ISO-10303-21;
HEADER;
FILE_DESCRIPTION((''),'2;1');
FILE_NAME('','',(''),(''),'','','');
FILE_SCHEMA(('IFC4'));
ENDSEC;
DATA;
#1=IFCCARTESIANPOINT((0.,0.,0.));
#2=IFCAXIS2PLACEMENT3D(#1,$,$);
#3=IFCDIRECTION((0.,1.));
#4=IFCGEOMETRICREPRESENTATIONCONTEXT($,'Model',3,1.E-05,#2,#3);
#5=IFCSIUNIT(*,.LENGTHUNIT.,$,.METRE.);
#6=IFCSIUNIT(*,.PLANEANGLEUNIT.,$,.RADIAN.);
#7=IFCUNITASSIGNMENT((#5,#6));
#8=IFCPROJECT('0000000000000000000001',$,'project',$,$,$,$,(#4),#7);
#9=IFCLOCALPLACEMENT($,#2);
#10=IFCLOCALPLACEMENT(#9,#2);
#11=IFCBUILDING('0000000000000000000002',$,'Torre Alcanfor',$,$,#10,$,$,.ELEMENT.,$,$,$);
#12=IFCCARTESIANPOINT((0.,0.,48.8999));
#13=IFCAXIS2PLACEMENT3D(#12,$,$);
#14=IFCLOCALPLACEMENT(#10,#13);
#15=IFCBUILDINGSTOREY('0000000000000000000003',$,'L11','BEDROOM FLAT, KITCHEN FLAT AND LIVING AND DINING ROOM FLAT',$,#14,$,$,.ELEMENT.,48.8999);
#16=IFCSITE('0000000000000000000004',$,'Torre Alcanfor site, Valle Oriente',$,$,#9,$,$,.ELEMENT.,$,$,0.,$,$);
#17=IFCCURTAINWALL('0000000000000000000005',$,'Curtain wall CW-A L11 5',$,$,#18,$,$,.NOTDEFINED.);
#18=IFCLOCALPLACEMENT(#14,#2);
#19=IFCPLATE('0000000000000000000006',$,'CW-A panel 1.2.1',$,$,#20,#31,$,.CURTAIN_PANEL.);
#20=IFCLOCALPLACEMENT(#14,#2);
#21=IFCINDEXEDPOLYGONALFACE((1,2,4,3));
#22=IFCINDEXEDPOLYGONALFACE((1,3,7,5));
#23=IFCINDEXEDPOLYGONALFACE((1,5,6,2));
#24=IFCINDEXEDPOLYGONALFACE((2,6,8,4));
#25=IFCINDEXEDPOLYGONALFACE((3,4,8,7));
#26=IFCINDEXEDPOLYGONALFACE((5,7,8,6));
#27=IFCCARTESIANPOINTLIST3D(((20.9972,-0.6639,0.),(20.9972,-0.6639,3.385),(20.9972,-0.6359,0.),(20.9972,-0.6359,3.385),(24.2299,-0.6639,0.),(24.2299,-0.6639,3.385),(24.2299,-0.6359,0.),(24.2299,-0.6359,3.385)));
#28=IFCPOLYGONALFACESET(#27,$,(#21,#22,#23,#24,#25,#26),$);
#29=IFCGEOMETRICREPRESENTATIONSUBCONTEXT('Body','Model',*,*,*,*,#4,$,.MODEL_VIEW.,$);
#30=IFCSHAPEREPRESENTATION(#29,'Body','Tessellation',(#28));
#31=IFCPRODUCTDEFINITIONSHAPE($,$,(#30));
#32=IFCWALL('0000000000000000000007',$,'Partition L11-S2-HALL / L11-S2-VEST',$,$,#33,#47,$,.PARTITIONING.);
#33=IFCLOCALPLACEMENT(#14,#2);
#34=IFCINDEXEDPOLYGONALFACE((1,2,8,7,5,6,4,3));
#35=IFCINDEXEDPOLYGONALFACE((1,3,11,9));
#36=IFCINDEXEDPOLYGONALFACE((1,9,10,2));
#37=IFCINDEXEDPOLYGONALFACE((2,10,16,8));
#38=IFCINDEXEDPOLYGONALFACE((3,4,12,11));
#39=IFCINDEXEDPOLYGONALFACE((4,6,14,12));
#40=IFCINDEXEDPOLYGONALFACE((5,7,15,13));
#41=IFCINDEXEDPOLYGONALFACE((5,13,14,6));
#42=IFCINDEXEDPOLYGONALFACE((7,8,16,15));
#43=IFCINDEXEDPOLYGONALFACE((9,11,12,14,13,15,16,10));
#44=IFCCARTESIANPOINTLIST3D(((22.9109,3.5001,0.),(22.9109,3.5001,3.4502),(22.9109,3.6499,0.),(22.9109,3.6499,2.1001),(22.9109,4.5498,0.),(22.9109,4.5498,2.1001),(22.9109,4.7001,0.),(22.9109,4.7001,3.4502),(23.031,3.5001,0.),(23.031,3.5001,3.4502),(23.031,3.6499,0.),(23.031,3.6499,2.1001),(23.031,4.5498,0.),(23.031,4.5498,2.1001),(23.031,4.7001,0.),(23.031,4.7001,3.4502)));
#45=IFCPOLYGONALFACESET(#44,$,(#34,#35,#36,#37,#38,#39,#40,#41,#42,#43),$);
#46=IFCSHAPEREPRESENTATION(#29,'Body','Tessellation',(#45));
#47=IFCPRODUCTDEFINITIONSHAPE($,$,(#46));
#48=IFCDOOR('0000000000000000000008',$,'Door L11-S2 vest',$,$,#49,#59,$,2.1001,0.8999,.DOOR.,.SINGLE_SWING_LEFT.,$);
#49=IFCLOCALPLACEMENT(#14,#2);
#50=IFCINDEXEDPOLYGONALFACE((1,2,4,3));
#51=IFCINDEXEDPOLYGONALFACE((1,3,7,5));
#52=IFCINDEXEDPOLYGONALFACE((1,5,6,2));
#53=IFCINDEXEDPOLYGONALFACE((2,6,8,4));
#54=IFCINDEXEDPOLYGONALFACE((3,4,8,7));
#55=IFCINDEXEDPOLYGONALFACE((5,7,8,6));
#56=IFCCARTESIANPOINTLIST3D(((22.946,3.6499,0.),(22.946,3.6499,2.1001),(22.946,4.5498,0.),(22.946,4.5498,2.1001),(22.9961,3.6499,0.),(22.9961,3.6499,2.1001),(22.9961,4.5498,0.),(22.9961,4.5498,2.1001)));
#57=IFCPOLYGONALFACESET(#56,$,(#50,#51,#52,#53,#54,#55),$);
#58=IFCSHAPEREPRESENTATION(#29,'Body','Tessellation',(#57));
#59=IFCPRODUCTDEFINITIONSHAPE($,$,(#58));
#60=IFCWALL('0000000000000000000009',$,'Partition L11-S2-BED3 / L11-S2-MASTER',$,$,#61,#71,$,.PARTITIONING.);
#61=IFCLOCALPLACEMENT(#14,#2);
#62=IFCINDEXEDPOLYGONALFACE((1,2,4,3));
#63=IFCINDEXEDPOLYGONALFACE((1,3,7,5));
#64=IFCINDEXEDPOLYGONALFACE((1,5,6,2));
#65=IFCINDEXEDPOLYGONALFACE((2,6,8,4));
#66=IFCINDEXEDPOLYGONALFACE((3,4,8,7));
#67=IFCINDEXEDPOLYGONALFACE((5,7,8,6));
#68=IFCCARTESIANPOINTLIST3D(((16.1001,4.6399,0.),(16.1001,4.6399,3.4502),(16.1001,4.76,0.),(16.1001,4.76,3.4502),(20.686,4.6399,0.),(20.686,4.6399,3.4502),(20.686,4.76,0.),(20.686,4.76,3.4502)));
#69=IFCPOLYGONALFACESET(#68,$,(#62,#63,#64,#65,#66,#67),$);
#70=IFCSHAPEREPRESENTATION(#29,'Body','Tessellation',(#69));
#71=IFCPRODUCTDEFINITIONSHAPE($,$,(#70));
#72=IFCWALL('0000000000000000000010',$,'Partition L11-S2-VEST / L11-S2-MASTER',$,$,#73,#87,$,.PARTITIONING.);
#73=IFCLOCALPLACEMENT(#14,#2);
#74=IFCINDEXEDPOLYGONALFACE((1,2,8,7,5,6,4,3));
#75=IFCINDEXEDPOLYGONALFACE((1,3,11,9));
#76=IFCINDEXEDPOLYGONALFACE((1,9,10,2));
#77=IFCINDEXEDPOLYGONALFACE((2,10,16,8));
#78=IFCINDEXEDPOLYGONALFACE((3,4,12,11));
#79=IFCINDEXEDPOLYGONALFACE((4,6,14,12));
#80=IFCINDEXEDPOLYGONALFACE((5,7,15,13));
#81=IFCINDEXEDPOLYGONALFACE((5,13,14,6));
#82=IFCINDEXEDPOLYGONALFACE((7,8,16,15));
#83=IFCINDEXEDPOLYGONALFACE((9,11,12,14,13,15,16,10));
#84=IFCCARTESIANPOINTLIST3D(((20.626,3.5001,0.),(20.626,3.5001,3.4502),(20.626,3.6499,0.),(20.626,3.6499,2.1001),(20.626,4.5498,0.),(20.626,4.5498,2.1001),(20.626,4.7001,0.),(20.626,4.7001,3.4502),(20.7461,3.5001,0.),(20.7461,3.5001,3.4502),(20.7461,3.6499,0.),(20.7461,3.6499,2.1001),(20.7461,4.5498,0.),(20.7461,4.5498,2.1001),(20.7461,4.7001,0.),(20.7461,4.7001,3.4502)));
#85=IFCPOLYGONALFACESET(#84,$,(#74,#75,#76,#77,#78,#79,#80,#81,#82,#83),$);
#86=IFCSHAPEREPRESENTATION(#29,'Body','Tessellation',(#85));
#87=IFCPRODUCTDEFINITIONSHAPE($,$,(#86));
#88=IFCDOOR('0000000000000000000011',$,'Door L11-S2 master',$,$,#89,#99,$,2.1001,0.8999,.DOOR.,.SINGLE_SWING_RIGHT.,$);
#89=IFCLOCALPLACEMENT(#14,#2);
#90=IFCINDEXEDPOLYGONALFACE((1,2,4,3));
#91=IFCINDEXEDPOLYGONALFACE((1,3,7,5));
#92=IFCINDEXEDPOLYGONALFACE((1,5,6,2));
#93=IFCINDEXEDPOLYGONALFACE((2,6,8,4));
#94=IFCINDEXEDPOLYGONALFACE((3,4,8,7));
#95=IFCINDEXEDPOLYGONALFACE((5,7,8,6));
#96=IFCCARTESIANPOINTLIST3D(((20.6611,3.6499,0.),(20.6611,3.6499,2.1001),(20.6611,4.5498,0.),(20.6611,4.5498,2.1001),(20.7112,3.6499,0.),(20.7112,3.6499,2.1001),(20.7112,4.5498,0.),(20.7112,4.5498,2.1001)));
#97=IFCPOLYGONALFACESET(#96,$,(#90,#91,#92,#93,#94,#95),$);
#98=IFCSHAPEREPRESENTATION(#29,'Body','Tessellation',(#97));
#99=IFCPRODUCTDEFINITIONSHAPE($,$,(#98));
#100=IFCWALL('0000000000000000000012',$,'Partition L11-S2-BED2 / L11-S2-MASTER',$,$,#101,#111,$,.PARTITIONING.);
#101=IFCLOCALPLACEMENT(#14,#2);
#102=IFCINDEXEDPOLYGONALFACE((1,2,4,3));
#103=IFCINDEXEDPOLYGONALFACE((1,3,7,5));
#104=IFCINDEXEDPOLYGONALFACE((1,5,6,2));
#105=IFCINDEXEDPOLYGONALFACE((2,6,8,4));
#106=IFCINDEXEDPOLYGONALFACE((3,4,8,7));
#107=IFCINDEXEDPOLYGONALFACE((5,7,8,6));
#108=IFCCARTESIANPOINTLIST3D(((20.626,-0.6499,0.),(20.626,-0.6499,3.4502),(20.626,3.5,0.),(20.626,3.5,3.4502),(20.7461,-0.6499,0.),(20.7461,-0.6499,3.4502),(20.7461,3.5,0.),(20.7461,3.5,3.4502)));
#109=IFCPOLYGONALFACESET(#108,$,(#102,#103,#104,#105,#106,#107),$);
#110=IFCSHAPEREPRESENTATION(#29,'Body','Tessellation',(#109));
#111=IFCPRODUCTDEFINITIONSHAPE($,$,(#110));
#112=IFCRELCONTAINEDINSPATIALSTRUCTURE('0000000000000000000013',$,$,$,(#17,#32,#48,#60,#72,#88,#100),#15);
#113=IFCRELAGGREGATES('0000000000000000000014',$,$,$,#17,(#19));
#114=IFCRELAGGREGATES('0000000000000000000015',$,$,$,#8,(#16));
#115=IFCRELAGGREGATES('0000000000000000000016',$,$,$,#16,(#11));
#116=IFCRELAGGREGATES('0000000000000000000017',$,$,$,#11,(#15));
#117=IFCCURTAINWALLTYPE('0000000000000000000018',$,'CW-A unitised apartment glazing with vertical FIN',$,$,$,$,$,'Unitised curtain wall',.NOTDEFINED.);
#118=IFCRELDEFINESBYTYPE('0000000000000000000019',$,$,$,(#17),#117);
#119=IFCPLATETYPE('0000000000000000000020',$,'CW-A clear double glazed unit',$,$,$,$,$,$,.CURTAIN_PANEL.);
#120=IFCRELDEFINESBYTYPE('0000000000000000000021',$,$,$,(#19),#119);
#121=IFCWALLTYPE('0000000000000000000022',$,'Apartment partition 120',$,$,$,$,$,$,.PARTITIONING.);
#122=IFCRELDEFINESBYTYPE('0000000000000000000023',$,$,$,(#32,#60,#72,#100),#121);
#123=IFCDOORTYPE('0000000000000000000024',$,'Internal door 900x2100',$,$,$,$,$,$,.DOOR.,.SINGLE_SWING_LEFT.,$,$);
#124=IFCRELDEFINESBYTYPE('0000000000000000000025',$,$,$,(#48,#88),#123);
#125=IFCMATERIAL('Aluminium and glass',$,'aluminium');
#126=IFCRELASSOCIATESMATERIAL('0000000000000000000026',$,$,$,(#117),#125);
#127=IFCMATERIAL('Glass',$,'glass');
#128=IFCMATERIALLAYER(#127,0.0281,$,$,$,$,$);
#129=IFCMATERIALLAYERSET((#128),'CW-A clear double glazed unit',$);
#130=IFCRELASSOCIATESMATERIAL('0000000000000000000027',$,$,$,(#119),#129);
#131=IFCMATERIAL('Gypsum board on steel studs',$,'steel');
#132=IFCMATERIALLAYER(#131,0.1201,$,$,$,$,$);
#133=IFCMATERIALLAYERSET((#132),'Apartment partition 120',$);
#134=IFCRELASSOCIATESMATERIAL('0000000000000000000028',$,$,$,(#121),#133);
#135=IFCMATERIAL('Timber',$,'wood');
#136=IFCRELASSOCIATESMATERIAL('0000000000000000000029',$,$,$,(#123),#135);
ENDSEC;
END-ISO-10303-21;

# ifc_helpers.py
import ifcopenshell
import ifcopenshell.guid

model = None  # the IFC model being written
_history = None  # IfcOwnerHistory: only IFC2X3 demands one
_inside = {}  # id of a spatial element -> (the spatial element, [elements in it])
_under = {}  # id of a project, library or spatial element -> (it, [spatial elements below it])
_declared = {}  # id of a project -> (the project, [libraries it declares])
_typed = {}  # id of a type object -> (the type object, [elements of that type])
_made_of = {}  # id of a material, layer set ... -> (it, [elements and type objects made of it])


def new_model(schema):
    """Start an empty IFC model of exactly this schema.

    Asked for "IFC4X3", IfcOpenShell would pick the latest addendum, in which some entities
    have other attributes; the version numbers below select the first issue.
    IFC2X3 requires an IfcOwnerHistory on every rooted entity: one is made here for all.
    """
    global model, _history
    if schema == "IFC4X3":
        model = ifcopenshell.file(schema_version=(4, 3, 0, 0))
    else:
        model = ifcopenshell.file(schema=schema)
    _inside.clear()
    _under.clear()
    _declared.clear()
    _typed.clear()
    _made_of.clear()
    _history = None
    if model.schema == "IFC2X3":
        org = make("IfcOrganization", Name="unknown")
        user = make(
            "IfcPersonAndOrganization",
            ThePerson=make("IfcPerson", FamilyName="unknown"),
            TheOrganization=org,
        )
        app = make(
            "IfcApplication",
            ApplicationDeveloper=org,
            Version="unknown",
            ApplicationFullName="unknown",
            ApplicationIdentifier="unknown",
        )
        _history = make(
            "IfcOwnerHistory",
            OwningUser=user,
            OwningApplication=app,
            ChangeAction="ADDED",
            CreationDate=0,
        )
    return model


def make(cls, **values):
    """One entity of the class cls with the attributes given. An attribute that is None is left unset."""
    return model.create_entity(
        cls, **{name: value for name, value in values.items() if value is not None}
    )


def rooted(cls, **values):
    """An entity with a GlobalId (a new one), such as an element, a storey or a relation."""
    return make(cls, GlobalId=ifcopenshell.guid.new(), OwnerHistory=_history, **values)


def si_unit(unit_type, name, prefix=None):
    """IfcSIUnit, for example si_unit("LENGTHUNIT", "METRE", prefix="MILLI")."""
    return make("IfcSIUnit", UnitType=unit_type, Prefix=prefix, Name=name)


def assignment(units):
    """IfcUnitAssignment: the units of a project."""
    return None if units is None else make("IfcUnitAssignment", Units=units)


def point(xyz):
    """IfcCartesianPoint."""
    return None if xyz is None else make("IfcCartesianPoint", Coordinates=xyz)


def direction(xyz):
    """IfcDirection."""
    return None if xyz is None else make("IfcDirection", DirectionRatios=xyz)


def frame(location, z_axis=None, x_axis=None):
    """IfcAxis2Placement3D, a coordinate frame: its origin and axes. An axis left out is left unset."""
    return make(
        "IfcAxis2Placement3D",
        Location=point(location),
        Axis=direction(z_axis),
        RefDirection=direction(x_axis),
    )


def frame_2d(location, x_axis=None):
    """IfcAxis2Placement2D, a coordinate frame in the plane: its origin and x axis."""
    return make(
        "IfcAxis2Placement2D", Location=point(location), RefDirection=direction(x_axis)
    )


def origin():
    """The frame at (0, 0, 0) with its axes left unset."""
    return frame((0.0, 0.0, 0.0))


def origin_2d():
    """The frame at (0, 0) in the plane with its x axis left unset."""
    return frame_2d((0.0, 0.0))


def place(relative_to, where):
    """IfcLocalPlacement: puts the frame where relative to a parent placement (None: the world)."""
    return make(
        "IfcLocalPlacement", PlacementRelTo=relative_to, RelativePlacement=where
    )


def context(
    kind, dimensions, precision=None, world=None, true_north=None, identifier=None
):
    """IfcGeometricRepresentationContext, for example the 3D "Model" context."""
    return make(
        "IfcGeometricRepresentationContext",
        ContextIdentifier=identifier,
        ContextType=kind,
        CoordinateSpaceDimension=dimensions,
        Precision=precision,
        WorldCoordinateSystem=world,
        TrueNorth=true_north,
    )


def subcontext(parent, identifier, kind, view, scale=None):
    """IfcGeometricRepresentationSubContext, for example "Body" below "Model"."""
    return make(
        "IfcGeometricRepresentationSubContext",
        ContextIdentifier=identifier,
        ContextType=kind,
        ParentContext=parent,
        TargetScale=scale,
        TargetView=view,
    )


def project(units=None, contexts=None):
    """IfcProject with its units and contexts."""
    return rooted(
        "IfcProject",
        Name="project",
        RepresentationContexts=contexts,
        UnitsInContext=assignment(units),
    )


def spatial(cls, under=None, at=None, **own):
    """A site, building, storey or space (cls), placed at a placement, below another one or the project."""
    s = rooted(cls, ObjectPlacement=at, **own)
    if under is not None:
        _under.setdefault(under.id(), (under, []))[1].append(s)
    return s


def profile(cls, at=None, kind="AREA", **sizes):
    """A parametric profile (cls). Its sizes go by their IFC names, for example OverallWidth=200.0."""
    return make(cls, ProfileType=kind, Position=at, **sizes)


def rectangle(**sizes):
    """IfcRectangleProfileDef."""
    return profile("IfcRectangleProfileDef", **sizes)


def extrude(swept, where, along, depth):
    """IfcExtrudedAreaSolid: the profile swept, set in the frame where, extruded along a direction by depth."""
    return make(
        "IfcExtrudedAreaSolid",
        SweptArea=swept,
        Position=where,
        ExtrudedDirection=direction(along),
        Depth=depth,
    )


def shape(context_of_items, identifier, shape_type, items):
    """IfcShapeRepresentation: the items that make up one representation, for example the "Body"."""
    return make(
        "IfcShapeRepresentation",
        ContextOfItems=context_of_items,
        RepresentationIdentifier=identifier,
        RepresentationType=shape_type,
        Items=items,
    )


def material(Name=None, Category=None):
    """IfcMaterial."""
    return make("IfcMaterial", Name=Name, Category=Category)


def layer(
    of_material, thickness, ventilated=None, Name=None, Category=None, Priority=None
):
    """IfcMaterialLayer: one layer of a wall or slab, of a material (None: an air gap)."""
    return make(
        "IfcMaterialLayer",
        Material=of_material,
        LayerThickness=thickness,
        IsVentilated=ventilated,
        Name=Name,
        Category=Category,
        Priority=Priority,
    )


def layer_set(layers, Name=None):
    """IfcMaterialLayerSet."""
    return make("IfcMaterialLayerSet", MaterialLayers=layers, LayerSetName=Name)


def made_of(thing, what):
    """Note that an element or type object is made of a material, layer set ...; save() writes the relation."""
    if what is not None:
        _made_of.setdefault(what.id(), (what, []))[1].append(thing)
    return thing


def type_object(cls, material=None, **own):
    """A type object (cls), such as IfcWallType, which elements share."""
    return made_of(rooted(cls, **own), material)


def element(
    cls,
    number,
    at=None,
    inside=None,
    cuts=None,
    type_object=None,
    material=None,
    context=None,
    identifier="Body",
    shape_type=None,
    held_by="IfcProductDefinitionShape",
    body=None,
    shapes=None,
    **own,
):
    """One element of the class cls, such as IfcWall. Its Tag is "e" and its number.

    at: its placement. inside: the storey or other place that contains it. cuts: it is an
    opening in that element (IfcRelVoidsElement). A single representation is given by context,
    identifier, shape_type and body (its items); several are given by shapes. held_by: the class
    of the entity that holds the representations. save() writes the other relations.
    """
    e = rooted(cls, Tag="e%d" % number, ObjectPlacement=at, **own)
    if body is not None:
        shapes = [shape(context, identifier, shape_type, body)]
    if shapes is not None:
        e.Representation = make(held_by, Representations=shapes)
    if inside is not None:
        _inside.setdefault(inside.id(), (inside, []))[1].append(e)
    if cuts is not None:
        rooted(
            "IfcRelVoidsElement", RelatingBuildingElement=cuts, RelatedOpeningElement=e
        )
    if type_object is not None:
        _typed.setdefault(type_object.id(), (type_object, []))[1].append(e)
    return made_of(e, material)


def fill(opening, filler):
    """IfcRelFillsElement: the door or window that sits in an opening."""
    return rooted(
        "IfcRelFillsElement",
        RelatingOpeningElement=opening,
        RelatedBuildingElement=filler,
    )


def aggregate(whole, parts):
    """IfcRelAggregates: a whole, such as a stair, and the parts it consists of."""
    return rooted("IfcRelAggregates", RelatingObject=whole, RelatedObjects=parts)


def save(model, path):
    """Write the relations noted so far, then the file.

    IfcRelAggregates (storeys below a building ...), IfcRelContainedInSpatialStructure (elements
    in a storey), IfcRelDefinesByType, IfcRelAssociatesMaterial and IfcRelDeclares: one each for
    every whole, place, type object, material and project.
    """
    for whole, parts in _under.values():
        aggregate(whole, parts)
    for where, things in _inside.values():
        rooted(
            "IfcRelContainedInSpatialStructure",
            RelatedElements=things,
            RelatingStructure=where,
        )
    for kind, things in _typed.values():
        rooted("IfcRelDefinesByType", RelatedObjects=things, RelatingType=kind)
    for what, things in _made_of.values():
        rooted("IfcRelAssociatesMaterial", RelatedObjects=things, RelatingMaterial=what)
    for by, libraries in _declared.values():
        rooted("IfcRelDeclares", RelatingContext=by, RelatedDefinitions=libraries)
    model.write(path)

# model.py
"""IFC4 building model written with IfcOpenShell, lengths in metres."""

from ifc_helpers import new_model, si_unit, direction, frame, frame_2d, origin, origin_2d, place, context, subcontext, project, spatial, rectangle, extrude, material, layer, layer_set, type_object, element, fill, aggregate, save


model = new_model("IFC4")

# Units and contexts
model_context = context("Model", 3, precision=1e-05, world=origin(), true_north=direction((0.0, 1.0)))
body_context = subcontext(model_context, "Body", "Model", "MODEL_VIEW")
ifc_project = project(units=[si_unit("LENGTHUNIT", "METRE"), si_unit("PLANEANGLEUNIT", "RADIAN")], contexts=[model_context])

# Site, building, storey
site_placement = place(None, origin())
site = spatial("IfcSite", under=ifc_project, at=site_placement, Name="Torre Alcanfor site, Valle Oriente", CompositionType="ELEMENT", RefElevation=0.0)
building_placement = place(site_placement, origin())
building = spatial("IfcBuilding", under=site, at=building_placement, Name="Torre Alcanfor", CompositionType="ELEMENT")
storey_placement = place(building_placement, frame((0.0, 0.0, 48.8999)))
storey = spatial("IfcBuildingStorey", under=building, at=storey_placement, Name="L11", Description="BEDROOM FLAT, KITCHEN FLAT AND LIVING AND DINING ROOM FLAT", CompositionType="ELEMENT", Elevation=48.8999)

# Curtain wall
ifc_material_1 = material(Name="Aluminium and glass", Category="aluminium")
curtain_wall_type = type_object("IfcCurtainWallType", Name="CW-A unitised apartment glazing with vertical FIN", ElementType="Unitised curtain wall", PredefinedType="NOTDEFINED", material=ifc_material_1)
curtain_wall_placement = place(storey_placement, origin())
curtain_wall = element("IfcCurtainWall", 1, at=curtain_wall_placement, inside=storey, type_object=curtain_wall_type, Name="Curtain wall CW-A L11 5", PredefinedType="NOTDEFINED")

# Plate
ifc_material_2 = material(Name="Glass", Category="glass")
ifc_layer_1 = layer(ifc_material_2, 0.0281)
ifc_layer_set_1 = layer_set([ifc_layer_1], Name="CW-A clear double glazed unit")
plate_type = type_object("IfcPlateType", Name="CW-A clear double glazed unit", PredefinedType="CURTAIN_PANEL", material=ifc_layer_set_1)
plate_1_placement = place(storey_placement, frame((22.6135, -0.6499, 0.0), z_axis=(0.0, 0.0, 1.0), x_axis=(1.0, 0.0, 0.0)))
plate_1 = element("IfcPlate", 2, at=plate_1_placement, type_object=plate_type, Name="CW-A panel 1.2.1", PredefinedType="CURTAIN_PANEL", context=body_context, shape_type="SweptSolid", body=[
    extrude(rectangle(XDim=3.2327, YDim=0.0281, at=origin_2d()), origin(), (0.0, 0.0, 1.0), 3.385),
])
aggregate(curtain_wall, [plate_1])

# Wall, opening, door
ifc_material_3 = material(Name="Gypsum board on steel studs", Category="steel")
ifc_layer_2 = layer(ifc_material_3, 0.1201)
ifc_layer_set_2 = layer_set([ifc_layer_2], Name="Apartment partition 120")
wall_type = type_object("IfcWallType", Name="Apartment partition 120", PredefinedType="PARTITIONING", material=ifc_layer_set_2)
wall_1_placement = place(storey_placement, frame((22.9709, 3.5, 0.0), z_axis=(0.0, 0.0, 1.0), x_axis=(0.0, 1.0, 0.0)))
wall_1 = element("IfcWall", 3, at=wall_1_placement, inside=storey, type_object=wall_type, Name="Partition L11-S2-HALL / L11-S2-VEST", PredefinedType="PARTITIONING", context=body_context, shape_type="SweptSolid", body=[
    extrude(rectangle(XDim=1.2, YDim=0.1201, at=frame_2d((0.6001, 0.0))), origin(), (0.0, 0.0, 1.0), 3.4502),
])
opening_1_placement = place(wall_1_placement, frame((0.1499, 0.0, 0.0)))
opening_1 = element("IfcOpeningElement", 4, at=opening_1_placement, cuts=wall_1, PredefinedType="OPENING", context=body_context, shape_type="SweptSolid", body=[
    extrude(rectangle(XDim=0.8999, YDim=2.1001, at=frame_2d((0.45, 1.05))), frame((0.0, 0.0701, 0.0), z_axis=(0.0, -1.0, 0.0), x_axis=(1.0, 0.0, 0.0)), (0.0, 0.0, 1.0), 0.1401),
])
ifc_material_4 = material(Name="Timber", Category="wood")
door_type = type_object("IfcDoorType", Name="Internal door 900x2100", OperationType="SINGLE_SWING_LEFT", PredefinedType="DOOR", material=ifc_material_4)
door_1_placement = place(opening_1_placement, origin())
door_1 = element("IfcDoor", 5, at=door_1_placement, inside=storey, type_object=door_type, Name="Door L11-S2 vest", OperationType="SINGLE_SWING_LEFT", OverallHeight=2.1001, OverallWidth=0.8999, PredefinedType="DOOR", context=body_context, shape_type="SweptSolid", body=[
    extrude(rectangle(XDim=0.8999, YDim=2.1001, at=frame_2d((0.45, 1.05))), frame((0.0, 0.0249, 0.0), z_axis=(0.0, -1.0, 0.0), x_axis=(1.0, 0.0, 0.0)), (0.0, 0.0, 1.0), 0.05),
])
fill(opening_1, door_1)

# Wall
wall_2_placement = place(storey_placement, frame((20.686, 4.7, 0.0), z_axis=(0.0, 0.0, 1.0), x_axis=(-1.0, 0.0, 0.0)))
element("IfcWall", 6, at=wall_2_placement, inside=storey, type_object=wall_type, Name="Partition L11-S2-BED3 / L11-S2-MASTER", PredefinedType="PARTITIONING", context=body_context, shape_type="SweptSolid", body=[
    extrude(rectangle(XDim=4.5859, YDim=0.1201, at=frame_2d((2.293, 0.0))), origin(), (0.0, 0.0, 1.0), 3.4502),
])

# Wall, opening, door
wall_3_placement = place(storey_placement, frame((20.686, 3.5, 0.0), z_axis=(0.0, 0.0, 1.0), x_axis=(0.0, 1.0, 0.0)))
wall_3 = element("IfcWall", 7, at=wall_3_placement, inside=storey, type_object=wall_type, Name="Partition L11-S2-VEST / L11-S2-MASTER", PredefinedType="PARTITIONING", context=body_context, shape_type="SweptSolid", body=[
    extrude(rectangle(XDim=1.2, YDim=0.1201, at=frame_2d((0.6001, 0.0))), origin(), (0.0, 0.0, 1.0), 3.4502),
])
opening_2_placement = place(wall_3_placement, frame((0.1499, 0.0, 0.0)))
opening_2 = element("IfcOpeningElement", 8, at=opening_2_placement, cuts=wall_3, PredefinedType="OPENING", context=body_context, shape_type="SweptSolid", body=[
    extrude(rectangle(XDim=0.8999, YDim=2.1001, at=frame_2d((0.45, 1.05))), frame((0.0, 0.0701, 0.0), z_axis=(0.0, -1.0, 0.0), x_axis=(1.0, 0.0, 0.0)), (0.0, 0.0, 1.0), 0.1401),
])
door_2_placement = place(opening_2_placement, frame((0.8999, 0.0, 0.0), z_axis=(0.0, 0.0, 1.0), x_axis=(-1.0, 0.0, 0.0)))
door_2 = element("IfcDoor", 9, at=door_2_placement, inside=storey, type_object=door_type, Name="Door L11-S2 master", OperationType="SINGLE_SWING_RIGHT", OverallHeight=2.1001, OverallWidth=0.8999, PredefinedType="DOOR", context=body_context, shape_type="SweptSolid", body=[
    extrude(rectangle(XDim=0.8999, YDim=2.1001, at=frame_2d((0.45, 1.05))), frame((0.0, 0.0251, 0.0), z_axis=(0.0, -1.0, 0.0), x_axis=(1.0, 0.0, 0.0)), (0.0, 0.0, 1.0), 0.05),
])
fill(opening_2, door_2)

# Wall
wall_4_placement = place(storey_placement, frame((20.686, -0.6499, 0.0), z_axis=(0.0, 0.0, 1.0), x_axis=(0.0, 1.0, 0.0)))
element("IfcWall", 10, at=wall_4_placement, inside=storey, type_object=wall_type, Name="Partition L11-S2-BED2 / L11-S2-MASTER", PredefinedType="PARTITIONING", context=body_context, shape_type="SweptSolid", body=[
    extrude(rectangle(XDim=4.1499, YDim=0.1201, at=frame_2d((2.075, 0.0))), origin(), (0.0, 0.0, 1.0), 3.4502),
])

save(model, "model.ifc")
